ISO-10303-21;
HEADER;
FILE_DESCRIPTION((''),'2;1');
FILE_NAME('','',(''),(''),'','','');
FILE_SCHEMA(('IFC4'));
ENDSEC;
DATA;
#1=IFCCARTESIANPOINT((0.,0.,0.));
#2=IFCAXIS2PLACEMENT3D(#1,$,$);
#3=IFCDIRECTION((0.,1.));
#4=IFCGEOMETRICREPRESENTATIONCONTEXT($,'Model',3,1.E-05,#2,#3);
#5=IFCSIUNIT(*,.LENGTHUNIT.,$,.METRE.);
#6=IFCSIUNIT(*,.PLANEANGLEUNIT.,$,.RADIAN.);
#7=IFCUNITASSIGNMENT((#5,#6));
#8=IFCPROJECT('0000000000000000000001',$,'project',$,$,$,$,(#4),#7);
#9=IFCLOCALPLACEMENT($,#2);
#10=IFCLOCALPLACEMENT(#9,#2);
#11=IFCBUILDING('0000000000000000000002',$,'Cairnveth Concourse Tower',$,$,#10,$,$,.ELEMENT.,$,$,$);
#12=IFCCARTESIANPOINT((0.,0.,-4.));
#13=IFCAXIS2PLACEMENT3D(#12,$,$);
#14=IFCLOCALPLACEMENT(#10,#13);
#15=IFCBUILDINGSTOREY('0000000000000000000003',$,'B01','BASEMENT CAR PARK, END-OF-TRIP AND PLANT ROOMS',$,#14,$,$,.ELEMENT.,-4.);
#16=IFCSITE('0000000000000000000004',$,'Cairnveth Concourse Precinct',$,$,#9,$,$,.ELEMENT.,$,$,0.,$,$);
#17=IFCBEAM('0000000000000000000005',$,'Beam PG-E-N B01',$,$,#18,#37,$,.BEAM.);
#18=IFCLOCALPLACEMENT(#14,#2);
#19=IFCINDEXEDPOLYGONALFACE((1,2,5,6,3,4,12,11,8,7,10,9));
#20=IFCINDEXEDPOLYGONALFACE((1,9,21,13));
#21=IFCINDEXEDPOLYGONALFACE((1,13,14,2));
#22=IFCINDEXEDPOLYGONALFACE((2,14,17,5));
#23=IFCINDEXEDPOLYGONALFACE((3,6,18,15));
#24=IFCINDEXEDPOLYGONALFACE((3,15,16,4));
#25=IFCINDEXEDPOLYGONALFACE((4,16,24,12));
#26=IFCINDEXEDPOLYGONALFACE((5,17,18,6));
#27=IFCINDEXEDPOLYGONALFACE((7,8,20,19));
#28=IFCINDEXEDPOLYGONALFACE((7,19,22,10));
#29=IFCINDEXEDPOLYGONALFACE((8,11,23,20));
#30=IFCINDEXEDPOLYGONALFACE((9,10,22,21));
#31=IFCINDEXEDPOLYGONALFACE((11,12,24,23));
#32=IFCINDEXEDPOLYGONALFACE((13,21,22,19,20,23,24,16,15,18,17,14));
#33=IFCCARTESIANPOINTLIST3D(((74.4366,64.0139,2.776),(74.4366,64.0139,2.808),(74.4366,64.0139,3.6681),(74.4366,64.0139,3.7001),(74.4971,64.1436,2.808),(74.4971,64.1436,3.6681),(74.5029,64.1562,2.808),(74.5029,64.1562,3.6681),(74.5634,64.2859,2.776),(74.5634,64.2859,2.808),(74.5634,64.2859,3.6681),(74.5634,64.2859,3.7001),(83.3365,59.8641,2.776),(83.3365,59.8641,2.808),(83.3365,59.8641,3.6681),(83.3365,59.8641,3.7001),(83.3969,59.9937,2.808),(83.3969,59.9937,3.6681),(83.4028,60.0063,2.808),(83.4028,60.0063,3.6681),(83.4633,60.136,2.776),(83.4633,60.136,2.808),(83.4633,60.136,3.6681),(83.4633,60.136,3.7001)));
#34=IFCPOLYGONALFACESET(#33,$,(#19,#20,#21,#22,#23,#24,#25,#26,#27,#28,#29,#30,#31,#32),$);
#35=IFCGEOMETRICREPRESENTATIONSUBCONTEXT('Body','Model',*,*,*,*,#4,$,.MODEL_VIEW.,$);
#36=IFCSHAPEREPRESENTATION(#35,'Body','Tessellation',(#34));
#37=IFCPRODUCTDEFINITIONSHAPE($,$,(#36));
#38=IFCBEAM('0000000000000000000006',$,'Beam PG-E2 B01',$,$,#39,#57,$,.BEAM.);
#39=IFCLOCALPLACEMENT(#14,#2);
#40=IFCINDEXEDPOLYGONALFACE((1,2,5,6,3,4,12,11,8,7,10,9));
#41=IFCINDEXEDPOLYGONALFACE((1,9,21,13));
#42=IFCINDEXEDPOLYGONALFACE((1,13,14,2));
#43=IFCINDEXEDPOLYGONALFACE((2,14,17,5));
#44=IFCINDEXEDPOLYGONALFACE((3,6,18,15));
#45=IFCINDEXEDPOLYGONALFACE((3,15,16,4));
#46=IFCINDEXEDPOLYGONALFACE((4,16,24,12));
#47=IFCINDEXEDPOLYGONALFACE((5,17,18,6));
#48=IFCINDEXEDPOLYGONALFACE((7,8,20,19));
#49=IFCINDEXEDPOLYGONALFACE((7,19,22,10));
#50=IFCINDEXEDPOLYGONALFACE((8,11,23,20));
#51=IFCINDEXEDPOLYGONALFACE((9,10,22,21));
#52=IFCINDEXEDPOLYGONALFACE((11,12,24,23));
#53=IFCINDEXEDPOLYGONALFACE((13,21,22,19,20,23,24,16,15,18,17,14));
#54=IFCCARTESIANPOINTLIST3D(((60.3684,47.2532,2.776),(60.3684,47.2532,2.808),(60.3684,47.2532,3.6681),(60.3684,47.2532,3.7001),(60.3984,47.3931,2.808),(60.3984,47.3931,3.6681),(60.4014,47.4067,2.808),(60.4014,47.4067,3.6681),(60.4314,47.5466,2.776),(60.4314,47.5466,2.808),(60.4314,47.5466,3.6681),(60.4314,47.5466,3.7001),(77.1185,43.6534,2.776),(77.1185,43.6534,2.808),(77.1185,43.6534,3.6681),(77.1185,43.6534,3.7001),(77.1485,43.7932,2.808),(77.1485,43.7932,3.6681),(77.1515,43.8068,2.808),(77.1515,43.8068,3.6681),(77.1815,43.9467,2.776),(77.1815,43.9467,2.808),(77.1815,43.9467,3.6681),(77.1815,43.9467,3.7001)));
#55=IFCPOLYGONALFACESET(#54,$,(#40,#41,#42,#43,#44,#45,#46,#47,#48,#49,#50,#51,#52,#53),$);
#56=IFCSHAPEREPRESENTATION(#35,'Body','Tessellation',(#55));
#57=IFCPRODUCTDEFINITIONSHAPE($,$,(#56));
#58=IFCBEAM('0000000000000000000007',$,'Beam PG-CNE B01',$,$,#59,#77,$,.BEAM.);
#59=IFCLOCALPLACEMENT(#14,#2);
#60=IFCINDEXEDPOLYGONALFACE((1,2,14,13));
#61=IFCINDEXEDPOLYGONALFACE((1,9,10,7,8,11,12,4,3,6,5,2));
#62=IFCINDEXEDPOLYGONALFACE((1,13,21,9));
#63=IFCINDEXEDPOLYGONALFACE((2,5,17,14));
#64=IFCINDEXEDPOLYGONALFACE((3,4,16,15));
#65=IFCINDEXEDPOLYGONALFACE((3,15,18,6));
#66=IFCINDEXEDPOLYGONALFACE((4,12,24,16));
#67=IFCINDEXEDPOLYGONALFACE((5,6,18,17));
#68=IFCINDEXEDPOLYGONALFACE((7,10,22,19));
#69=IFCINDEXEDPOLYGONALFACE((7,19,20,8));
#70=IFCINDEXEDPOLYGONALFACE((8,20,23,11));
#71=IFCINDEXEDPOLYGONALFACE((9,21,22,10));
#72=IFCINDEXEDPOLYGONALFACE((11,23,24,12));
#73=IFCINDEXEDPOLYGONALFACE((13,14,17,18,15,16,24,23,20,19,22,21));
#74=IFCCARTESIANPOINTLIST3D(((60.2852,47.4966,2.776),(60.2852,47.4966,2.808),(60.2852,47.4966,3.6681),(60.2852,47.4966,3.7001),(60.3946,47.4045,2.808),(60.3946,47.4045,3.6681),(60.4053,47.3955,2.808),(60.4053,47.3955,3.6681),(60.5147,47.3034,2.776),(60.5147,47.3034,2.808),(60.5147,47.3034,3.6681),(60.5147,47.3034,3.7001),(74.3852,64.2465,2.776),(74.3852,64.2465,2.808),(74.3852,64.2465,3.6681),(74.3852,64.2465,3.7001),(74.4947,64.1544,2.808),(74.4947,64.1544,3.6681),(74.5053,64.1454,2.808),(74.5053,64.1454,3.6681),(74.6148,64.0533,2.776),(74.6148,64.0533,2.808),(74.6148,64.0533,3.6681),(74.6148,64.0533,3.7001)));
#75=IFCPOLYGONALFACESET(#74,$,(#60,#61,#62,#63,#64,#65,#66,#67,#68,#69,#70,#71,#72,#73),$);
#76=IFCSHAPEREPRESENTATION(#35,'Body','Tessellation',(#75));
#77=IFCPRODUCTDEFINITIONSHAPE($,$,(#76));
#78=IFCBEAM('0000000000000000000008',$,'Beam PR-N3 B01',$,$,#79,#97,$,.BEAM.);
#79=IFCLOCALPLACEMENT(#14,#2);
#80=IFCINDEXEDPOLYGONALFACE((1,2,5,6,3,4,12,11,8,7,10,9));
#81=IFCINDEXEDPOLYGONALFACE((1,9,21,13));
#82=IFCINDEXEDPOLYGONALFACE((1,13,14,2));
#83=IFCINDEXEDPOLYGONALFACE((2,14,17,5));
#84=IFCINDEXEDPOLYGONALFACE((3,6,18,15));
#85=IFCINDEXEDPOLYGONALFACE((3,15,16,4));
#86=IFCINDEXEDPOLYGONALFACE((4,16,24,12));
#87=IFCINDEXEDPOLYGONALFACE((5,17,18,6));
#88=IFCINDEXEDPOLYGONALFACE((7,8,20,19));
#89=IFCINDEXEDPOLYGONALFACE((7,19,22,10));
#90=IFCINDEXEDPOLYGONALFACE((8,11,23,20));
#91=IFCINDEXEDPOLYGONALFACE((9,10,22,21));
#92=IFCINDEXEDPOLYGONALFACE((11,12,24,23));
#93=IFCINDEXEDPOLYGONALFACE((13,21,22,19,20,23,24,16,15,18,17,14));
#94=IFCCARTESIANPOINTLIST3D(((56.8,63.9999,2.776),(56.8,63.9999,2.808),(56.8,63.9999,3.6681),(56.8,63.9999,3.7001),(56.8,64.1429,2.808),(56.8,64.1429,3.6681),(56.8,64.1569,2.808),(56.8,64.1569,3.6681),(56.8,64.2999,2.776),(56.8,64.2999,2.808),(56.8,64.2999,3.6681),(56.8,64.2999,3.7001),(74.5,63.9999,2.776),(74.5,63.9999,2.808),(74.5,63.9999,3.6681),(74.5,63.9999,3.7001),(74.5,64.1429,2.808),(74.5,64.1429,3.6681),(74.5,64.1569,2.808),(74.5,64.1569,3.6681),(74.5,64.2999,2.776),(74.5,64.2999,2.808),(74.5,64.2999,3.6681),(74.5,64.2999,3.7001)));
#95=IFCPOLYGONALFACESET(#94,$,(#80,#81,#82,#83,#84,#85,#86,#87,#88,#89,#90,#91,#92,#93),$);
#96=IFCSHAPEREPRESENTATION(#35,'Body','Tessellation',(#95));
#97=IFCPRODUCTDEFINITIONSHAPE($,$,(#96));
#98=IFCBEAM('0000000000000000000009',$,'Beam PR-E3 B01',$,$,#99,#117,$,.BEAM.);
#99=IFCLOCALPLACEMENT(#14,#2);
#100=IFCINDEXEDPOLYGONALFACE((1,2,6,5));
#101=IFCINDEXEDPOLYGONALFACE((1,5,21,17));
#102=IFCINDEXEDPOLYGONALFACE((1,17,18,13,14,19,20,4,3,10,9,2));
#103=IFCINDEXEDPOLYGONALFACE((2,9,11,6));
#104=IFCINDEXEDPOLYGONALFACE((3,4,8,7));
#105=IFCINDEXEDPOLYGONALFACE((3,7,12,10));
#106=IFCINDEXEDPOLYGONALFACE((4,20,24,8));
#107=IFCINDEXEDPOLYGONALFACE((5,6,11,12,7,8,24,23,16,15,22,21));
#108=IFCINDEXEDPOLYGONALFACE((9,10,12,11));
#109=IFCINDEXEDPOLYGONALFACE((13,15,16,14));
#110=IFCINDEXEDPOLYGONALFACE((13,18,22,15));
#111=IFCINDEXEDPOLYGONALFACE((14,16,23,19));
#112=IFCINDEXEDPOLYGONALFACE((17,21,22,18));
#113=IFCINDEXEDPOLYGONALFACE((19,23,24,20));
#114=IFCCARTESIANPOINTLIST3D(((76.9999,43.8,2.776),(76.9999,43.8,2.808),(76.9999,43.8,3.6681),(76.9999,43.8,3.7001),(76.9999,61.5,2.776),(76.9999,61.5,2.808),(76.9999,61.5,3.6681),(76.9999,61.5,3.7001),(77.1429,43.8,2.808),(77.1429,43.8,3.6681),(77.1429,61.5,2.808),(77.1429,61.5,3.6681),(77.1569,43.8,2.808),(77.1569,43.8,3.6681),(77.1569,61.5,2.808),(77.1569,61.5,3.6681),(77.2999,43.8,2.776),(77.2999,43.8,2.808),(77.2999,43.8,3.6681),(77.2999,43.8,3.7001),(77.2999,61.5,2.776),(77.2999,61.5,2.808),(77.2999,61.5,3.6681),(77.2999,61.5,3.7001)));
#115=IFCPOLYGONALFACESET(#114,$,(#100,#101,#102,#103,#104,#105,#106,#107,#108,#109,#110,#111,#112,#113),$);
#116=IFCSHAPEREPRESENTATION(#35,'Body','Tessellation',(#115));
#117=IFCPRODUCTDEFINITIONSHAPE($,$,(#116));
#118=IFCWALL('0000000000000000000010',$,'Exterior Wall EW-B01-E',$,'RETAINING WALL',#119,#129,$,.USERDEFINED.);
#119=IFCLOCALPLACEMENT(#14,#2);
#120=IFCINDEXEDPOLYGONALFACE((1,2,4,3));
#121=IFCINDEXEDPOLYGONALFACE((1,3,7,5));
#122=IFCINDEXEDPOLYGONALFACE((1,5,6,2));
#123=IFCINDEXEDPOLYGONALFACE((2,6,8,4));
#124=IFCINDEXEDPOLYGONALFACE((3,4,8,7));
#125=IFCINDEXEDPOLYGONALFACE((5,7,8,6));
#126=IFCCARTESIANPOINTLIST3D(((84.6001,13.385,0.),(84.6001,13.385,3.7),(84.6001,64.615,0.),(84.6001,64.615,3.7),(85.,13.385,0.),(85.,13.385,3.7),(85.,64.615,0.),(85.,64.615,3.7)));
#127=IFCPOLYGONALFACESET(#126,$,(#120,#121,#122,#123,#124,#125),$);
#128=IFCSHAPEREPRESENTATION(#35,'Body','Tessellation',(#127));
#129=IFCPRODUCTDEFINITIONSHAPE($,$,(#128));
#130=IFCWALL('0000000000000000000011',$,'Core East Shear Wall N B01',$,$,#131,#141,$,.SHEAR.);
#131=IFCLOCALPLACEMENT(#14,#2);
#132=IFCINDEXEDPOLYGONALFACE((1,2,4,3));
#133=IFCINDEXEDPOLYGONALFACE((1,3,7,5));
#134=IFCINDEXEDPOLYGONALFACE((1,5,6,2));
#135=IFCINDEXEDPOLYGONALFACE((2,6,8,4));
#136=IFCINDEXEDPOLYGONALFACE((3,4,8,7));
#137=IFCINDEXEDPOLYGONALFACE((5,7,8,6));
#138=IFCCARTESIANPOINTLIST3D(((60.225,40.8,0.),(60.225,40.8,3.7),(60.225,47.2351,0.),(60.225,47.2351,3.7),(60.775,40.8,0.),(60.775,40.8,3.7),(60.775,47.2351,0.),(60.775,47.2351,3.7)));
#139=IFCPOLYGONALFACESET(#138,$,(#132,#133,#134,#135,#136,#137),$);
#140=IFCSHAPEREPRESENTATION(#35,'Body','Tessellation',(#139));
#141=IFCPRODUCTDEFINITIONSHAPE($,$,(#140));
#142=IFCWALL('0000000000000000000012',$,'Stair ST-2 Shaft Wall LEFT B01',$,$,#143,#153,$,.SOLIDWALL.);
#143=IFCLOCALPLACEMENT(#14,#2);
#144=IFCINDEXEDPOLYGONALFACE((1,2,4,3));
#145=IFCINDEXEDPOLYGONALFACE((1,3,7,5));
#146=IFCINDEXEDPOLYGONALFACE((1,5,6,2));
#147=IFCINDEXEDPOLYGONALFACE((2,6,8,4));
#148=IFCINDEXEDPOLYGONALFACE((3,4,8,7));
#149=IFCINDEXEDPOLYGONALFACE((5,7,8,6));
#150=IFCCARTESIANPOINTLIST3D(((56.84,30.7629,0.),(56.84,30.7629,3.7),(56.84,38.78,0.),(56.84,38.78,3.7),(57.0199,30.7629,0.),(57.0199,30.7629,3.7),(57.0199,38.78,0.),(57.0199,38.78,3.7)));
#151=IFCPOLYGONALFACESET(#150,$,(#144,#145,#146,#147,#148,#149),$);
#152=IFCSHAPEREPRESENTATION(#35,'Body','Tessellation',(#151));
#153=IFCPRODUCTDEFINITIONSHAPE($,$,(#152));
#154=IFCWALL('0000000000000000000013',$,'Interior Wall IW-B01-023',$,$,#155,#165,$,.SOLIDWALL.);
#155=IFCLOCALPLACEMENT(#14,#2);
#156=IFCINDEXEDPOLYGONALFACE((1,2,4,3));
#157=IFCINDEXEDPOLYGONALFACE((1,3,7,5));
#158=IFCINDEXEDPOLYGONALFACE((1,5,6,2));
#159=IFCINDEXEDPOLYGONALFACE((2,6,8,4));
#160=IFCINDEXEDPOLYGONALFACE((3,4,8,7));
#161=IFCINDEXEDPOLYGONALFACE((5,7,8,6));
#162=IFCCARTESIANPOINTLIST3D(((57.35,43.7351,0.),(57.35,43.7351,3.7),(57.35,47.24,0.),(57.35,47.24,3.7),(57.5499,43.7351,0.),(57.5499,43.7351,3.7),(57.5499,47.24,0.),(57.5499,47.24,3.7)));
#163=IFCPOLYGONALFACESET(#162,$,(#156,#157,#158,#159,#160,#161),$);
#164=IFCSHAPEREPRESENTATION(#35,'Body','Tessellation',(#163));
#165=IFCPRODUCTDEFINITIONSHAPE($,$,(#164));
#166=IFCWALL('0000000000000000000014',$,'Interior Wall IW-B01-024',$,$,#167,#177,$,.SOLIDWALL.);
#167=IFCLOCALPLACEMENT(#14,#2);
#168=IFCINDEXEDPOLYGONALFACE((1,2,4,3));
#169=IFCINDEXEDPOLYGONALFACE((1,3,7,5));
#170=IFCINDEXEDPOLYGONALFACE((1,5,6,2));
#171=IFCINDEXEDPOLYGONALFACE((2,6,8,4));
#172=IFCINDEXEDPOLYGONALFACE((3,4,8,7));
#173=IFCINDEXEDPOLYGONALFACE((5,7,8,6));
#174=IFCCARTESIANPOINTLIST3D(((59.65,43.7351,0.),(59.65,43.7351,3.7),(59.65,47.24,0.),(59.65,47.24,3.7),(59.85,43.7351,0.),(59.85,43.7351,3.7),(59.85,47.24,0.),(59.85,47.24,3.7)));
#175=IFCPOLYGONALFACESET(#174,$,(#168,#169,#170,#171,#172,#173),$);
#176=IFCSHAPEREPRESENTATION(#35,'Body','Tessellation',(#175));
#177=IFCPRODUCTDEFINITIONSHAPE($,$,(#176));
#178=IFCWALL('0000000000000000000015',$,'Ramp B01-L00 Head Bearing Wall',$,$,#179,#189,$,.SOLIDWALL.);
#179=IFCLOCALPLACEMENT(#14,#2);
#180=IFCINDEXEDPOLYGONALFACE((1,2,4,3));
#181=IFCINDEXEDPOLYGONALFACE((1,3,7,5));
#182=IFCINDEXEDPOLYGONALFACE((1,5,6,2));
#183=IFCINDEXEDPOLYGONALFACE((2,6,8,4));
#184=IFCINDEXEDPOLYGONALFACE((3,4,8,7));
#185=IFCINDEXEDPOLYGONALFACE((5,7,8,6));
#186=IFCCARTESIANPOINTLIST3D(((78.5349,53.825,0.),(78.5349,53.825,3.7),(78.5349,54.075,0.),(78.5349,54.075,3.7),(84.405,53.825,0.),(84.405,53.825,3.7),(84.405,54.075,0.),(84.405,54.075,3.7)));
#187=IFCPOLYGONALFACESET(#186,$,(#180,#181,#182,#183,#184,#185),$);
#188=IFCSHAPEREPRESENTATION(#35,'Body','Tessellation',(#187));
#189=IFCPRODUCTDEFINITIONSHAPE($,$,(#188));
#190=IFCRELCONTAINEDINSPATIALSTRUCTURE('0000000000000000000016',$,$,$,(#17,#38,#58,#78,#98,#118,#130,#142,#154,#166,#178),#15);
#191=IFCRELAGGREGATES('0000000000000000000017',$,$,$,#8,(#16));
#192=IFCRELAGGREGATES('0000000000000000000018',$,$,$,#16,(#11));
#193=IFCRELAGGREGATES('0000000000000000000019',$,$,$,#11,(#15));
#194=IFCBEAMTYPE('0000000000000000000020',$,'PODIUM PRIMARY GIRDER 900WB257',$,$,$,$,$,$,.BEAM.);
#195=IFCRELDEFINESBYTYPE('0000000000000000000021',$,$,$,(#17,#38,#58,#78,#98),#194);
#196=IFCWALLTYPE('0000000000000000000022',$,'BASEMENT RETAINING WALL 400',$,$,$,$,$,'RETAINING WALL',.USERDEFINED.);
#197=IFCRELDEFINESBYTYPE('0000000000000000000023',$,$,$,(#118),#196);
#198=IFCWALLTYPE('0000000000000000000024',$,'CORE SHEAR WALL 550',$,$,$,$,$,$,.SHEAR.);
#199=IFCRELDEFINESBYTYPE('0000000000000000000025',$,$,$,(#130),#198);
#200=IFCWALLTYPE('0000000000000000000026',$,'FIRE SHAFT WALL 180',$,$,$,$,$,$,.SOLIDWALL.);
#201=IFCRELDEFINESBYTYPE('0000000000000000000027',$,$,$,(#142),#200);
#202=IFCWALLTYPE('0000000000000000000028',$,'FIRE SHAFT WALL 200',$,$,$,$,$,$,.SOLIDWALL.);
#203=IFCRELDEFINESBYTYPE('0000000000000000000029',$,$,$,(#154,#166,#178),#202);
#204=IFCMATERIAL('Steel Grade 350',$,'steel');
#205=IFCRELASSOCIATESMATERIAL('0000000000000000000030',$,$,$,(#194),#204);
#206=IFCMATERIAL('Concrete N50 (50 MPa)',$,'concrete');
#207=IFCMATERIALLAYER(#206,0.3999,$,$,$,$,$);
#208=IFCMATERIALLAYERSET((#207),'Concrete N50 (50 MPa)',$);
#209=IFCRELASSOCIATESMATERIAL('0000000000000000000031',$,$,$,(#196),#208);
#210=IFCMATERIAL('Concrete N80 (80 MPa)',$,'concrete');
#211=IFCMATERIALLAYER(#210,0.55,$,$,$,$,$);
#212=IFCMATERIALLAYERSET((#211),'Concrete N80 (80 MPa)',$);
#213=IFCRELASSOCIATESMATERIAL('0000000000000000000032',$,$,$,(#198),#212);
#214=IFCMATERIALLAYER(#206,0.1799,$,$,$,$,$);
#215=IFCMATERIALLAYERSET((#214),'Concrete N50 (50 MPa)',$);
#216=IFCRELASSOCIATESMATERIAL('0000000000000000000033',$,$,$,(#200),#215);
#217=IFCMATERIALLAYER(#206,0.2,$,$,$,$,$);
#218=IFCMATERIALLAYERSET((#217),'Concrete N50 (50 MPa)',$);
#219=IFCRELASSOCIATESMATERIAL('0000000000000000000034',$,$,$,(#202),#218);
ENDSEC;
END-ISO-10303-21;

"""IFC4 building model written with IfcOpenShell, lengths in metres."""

from ifc_helpers import new_model, si_unit, direction, frame, frame_2d, origin, origin_2d, place, context, subcontext, project, spatial, rectangle, i_section, extrude, material, layer, layer_set, material_profile, profile_set, type_object, element, save


model = new_model("IFC4")

# Units and contexts
model_context = context("Model", 3, precision=1e-05, world=origin(), true_north=direction((0.0, 1.0)))
body_context = subcontext(model_context, "Body", "Model", "MODEL_VIEW")
ifc_project = project(units=[si_unit("LENGTHUNIT", "METRE"), si_unit("PLANEANGLEUNIT", "RADIAN")], contexts=[model_context])

# Site, building, storey
site_placement = place(None, origin())
site = spatial("IfcSite", under=ifc_project, at=site_placement, Name="Cairnveth Concourse Precinct", CompositionType="ELEMENT", RefElevation=0.0)
building_placement = place(site_placement, origin())
building = spatial("IfcBuilding", under=site, at=building_placement, Name="Cairnveth Concourse Tower", CompositionType="ELEMENT")
storey_placement = place(building_placement, frame((0.0, 0.0, -4.0)))
storey = spatial("IfcBuildingStorey", under=building, at=storey_placement, Name="B01", Description="BASEMENT CAR PARK, END-OF-TRIP AND PLANT ROOMS", CompositionType="ELEMENT", Elevation=-4.0)

# Shared definitions
ifc_material_1 = material(Name="Concrete N80 (80 MPa)", Category="concrete")

# Beams
ifc_material_2 = material(Name="Steel Grade 350", Category="steel")
ifc_material_profile_1 = material_profile(ifc_material_2, i_section(OverallWidth=0.3, OverallDepth=0.9241, WebThickness=0.0139, FlangeThickness=0.032, at=origin_2d()), Name="900WB257")
ifc_profile_set_1 = profile_set([ifc_material_profile_1], Name="Steel Grade 350")
beam_type_1 = type_object("IfcBeamType", Name="PODIUM PRIMARY GIRDER 900WB257", PredefinedType="BEAM", material=ifc_profile_set_1)
beam_1_placement = place(storey_placement, frame((74.5, 64.1499, 3.238), z_axis=(0.906315, -0.422602, 0.0), x_axis=(0.422602, 0.906315, 0.0)))
element("IfcBeam", 1, at=beam_1_placement, inside=storey, type_object=beam_type_1, Name="Beam PG-E-N B01", PredefinedType="BEAM", context=body_context, shape_type="SweptSolid", body=[
    extrude(i_section(OverallWidth=0.3, OverallDepth=0.9241, WebThickness=0.0139, FlangeThickness=0.032, at=origin_2d()), origin(), (0.0, 0.0, 1.0), 9.8198),
])
beam_2_placement = place(storey_placement, frame((60.3999, 47.3999, 3.238), z_axis=(0.977676, -0.210119, 0.0), x_axis=(0.210119, 0.977676, 0.0)))
element("IfcBeam", 2, at=beam_2_placement, inside=storey, type_object=beam_type_1, Name="Beam PG-E2 B01", PredefinedType="BEAM", context=body_context, shape_type="SweptSolid", body=[
    extrude(i_section(OverallWidth=0.3, OverallDepth=0.9241, WebThickness=0.0139, FlangeThickness=0.032, at=origin_2d()), origin(), (0.0, 0.0, 1.0), 17.1326),
])
beam_3_placement = place(storey_placement, frame((74.5, 64.1499, 3.238), z_axis=(-0.643998, -0.765027, 0.0), x_axis=(0.765027, -0.643998, 0.0)))
element("IfcBeam", 3, at=beam_3_placement, inside=storey, type_object=beam_type_1, Name="Beam PG-CNE B01", PredefinedType="BEAM", context=body_context, shape_type="SweptSolid", body=[
    extrude(i_section(OverallWidth=0.3, OverallDepth=0.9241, WebThickness=0.0139, FlangeThickness=0.032, at=origin_2d()), origin(), (0.0, 0.0, 1.0), 21.8945),
])
for number, where, z_axis, x_axis, name in (
    (4, (56.8, 64.1499, 3.238), (1.0, 0.0, 0.0), (0.0, 1.0, 0.0), "Beam PR-N3 B01"),
    (5, (77.1499, 43.8, 3.238), (0.0, 1.0, 0.0), (-1.0, 0.0, 0.0), "Beam PR-E3 B01"),
):
    element("IfcBeam", number, at=place(storey_placement, frame(where, z_axis=z_axis, x_axis=x_axis)), inside=storey, type_object=beam_type_1, Name=name, PredefinedType="BEAM", context=body_context, shape_type="SweptSolid", body=[
        extrude(i_section(OverallWidth=0.3, OverallDepth=0.9241, WebThickness=0.0139, FlangeThickness=0.032, at=origin_2d()), origin(), (0.0, 0.0, 1.0), 17.7),
    ])

# Walls
ifc_material_3 = material(Name="Concrete N50 (50 MPa)", Category="concrete")
ifc_layer_1 = layer(ifc_material_3, 0.3999)
ifc_layer_set_1 = layer_set([ifc_layer_1], Name="Concrete N50 (50 MPa)")
wall_type_1 = type_object("IfcWallType", Name="BASEMENT RETAINING WALL 400", ElementType="RETAINING WALL", PredefinedType="USERDEFINED", material=ifc_layer_set_1)
wall_1_placement = place(storey_placement, frame((84.8, 64.615, 0.0), z_axis=(0.0, 0.0, 1.0), x_axis=(0.0, -1.0, 0.0)))
element("IfcWall", 6, at=wall_1_placement, inside=storey, type_object=wall_type_1, Name="Exterior Wall EW-B01-E", ObjectType="RETAINING WALL", PredefinedType="USERDEFINED", context=body_context, shape_type="SweptSolid", body=[
    extrude(rectangle(XDim=51.23, YDim=0.3999, at=frame_2d((25.615, 0.0))), origin(), (0.0, 0.0, 1.0), 3.7),
])
ifc_layer_2 = layer(ifc_material_1, 0.55)
ifc_layer_set_2 = layer_set([ifc_layer_2], Name="Concrete N80 (80 MPa)")
wall_type_2 = type_object("IfcWallType", Name="CORE SHEAR WALL 550", PredefinedType="SHEAR", material=ifc_layer_set_2)
wall_2_placement = place(storey_placement, frame((60.5, 40.8, 0.0), z_axis=(0.0, 0.0, 1.0), x_axis=(0.0, 1.0, 0.0)))
element("IfcWall", 7, at=wall_2_placement, inside=storey, type_object=wall_type_2, Name="Core East Shear Wall N B01", PredefinedType="SHEAR", context=body_context, shape_type="SweptSolid", body=[
    extrude(rectangle(XDim=6.4351, YDim=0.55, at=frame_2d((3.2175, 0.0))), origin(), (0.0, 0.0, 1.0), 3.7),
])

# Shared definitions
ifc_layer_3 = layer(ifc_material_3, 0.1799)
ifc_layer_set_3 = layer_set([ifc_layer_3], Name="Concrete N50 (50 MPa)")
wall_type_3 = type_object("IfcWallType", Name="FIRE SHAFT WALL 180", PredefinedType="SOLIDWALL", material=ifc_layer_set_3)

# Wall
wall_3_placement = place(storey_placement, frame((56.9299, 38.78, 0.0), z_axis=(0.0, 0.0, 1.0), x_axis=(0.0, -1.0, 0.0)))
element("IfcWall", 8, at=wall_3_placement, inside=storey, type_object=wall_type_3, Name="Stair ST-2 Shaft Wall LEFT B01", PredefinedType="SOLIDWALL", context=body_context, shape_type="SweptSolid", body=[
    extrude(rectangle(XDim=8.0171, YDim=0.1799, at=frame_2d((4.0085, 0.0))), origin(), (0.0, 0.0, 1.0), 3.7),
])

# Shared definitions
ifc_layer_4 = layer(ifc_material_3, 0.2)
ifc_layer_set_4 = layer_set([ifc_layer_4], Name="Concrete N50 (50 MPa)")
wall_type_4 = type_object("IfcWallType", Name="FIRE SHAFT WALL 200", PredefinedType="SOLIDWALL", material=ifc_layer_set_4)

# Walls
for number, where, z_axis, x_axis, name in (
    (9, (57.45, 43.7351, 0.0), (0.0, 0.0, 1.0), (0.0, 1.0, 0.0), "Interior Wall IW-B01-023"),
    (10, (59.75, 43.7351, 0.0), (0.0, 0.0, 1.0), (0.0, 1.0, 0.0), "Interior Wall IW-B01-024"),
):
    element("IfcWall", number, at=place(storey_placement, frame(where, z_axis=z_axis, x_axis=x_axis)), inside=storey, type_object=wall_type_4, Name=name, PredefinedType="SOLIDWALL", context=body_context, shape_type="SweptSolid", body=[
        extrude(rectangle(XDim=3.5049, YDim=0.2, at=frame_2d((1.7524, 0.0))), origin(), (0.0, 0.0, 1.0), 3.7),
    ])
wall_4_placement = place(storey_placement, frame((78.5349, 53.95, 0.0), z_axis=(0.0, 0.0, 1.0), x_axis=(1.0, 0.0, 0.0)))
element("IfcWall", 11, at=wall_4_placement, inside=storey, type_object=wall_type_4, Name="Ramp B01-L00 Head Bearing Wall", PredefinedType="SOLIDWALL", context=body_context, shape_type="SweptSolid", body=[
    extrude(rectangle(XDim=5.8701, YDim=0.25, at=frame_2d((2.9351, 0.0))), origin(), (0.0, 0.0, 1.0), 3.7),
])

save(model, "model.ifc")
